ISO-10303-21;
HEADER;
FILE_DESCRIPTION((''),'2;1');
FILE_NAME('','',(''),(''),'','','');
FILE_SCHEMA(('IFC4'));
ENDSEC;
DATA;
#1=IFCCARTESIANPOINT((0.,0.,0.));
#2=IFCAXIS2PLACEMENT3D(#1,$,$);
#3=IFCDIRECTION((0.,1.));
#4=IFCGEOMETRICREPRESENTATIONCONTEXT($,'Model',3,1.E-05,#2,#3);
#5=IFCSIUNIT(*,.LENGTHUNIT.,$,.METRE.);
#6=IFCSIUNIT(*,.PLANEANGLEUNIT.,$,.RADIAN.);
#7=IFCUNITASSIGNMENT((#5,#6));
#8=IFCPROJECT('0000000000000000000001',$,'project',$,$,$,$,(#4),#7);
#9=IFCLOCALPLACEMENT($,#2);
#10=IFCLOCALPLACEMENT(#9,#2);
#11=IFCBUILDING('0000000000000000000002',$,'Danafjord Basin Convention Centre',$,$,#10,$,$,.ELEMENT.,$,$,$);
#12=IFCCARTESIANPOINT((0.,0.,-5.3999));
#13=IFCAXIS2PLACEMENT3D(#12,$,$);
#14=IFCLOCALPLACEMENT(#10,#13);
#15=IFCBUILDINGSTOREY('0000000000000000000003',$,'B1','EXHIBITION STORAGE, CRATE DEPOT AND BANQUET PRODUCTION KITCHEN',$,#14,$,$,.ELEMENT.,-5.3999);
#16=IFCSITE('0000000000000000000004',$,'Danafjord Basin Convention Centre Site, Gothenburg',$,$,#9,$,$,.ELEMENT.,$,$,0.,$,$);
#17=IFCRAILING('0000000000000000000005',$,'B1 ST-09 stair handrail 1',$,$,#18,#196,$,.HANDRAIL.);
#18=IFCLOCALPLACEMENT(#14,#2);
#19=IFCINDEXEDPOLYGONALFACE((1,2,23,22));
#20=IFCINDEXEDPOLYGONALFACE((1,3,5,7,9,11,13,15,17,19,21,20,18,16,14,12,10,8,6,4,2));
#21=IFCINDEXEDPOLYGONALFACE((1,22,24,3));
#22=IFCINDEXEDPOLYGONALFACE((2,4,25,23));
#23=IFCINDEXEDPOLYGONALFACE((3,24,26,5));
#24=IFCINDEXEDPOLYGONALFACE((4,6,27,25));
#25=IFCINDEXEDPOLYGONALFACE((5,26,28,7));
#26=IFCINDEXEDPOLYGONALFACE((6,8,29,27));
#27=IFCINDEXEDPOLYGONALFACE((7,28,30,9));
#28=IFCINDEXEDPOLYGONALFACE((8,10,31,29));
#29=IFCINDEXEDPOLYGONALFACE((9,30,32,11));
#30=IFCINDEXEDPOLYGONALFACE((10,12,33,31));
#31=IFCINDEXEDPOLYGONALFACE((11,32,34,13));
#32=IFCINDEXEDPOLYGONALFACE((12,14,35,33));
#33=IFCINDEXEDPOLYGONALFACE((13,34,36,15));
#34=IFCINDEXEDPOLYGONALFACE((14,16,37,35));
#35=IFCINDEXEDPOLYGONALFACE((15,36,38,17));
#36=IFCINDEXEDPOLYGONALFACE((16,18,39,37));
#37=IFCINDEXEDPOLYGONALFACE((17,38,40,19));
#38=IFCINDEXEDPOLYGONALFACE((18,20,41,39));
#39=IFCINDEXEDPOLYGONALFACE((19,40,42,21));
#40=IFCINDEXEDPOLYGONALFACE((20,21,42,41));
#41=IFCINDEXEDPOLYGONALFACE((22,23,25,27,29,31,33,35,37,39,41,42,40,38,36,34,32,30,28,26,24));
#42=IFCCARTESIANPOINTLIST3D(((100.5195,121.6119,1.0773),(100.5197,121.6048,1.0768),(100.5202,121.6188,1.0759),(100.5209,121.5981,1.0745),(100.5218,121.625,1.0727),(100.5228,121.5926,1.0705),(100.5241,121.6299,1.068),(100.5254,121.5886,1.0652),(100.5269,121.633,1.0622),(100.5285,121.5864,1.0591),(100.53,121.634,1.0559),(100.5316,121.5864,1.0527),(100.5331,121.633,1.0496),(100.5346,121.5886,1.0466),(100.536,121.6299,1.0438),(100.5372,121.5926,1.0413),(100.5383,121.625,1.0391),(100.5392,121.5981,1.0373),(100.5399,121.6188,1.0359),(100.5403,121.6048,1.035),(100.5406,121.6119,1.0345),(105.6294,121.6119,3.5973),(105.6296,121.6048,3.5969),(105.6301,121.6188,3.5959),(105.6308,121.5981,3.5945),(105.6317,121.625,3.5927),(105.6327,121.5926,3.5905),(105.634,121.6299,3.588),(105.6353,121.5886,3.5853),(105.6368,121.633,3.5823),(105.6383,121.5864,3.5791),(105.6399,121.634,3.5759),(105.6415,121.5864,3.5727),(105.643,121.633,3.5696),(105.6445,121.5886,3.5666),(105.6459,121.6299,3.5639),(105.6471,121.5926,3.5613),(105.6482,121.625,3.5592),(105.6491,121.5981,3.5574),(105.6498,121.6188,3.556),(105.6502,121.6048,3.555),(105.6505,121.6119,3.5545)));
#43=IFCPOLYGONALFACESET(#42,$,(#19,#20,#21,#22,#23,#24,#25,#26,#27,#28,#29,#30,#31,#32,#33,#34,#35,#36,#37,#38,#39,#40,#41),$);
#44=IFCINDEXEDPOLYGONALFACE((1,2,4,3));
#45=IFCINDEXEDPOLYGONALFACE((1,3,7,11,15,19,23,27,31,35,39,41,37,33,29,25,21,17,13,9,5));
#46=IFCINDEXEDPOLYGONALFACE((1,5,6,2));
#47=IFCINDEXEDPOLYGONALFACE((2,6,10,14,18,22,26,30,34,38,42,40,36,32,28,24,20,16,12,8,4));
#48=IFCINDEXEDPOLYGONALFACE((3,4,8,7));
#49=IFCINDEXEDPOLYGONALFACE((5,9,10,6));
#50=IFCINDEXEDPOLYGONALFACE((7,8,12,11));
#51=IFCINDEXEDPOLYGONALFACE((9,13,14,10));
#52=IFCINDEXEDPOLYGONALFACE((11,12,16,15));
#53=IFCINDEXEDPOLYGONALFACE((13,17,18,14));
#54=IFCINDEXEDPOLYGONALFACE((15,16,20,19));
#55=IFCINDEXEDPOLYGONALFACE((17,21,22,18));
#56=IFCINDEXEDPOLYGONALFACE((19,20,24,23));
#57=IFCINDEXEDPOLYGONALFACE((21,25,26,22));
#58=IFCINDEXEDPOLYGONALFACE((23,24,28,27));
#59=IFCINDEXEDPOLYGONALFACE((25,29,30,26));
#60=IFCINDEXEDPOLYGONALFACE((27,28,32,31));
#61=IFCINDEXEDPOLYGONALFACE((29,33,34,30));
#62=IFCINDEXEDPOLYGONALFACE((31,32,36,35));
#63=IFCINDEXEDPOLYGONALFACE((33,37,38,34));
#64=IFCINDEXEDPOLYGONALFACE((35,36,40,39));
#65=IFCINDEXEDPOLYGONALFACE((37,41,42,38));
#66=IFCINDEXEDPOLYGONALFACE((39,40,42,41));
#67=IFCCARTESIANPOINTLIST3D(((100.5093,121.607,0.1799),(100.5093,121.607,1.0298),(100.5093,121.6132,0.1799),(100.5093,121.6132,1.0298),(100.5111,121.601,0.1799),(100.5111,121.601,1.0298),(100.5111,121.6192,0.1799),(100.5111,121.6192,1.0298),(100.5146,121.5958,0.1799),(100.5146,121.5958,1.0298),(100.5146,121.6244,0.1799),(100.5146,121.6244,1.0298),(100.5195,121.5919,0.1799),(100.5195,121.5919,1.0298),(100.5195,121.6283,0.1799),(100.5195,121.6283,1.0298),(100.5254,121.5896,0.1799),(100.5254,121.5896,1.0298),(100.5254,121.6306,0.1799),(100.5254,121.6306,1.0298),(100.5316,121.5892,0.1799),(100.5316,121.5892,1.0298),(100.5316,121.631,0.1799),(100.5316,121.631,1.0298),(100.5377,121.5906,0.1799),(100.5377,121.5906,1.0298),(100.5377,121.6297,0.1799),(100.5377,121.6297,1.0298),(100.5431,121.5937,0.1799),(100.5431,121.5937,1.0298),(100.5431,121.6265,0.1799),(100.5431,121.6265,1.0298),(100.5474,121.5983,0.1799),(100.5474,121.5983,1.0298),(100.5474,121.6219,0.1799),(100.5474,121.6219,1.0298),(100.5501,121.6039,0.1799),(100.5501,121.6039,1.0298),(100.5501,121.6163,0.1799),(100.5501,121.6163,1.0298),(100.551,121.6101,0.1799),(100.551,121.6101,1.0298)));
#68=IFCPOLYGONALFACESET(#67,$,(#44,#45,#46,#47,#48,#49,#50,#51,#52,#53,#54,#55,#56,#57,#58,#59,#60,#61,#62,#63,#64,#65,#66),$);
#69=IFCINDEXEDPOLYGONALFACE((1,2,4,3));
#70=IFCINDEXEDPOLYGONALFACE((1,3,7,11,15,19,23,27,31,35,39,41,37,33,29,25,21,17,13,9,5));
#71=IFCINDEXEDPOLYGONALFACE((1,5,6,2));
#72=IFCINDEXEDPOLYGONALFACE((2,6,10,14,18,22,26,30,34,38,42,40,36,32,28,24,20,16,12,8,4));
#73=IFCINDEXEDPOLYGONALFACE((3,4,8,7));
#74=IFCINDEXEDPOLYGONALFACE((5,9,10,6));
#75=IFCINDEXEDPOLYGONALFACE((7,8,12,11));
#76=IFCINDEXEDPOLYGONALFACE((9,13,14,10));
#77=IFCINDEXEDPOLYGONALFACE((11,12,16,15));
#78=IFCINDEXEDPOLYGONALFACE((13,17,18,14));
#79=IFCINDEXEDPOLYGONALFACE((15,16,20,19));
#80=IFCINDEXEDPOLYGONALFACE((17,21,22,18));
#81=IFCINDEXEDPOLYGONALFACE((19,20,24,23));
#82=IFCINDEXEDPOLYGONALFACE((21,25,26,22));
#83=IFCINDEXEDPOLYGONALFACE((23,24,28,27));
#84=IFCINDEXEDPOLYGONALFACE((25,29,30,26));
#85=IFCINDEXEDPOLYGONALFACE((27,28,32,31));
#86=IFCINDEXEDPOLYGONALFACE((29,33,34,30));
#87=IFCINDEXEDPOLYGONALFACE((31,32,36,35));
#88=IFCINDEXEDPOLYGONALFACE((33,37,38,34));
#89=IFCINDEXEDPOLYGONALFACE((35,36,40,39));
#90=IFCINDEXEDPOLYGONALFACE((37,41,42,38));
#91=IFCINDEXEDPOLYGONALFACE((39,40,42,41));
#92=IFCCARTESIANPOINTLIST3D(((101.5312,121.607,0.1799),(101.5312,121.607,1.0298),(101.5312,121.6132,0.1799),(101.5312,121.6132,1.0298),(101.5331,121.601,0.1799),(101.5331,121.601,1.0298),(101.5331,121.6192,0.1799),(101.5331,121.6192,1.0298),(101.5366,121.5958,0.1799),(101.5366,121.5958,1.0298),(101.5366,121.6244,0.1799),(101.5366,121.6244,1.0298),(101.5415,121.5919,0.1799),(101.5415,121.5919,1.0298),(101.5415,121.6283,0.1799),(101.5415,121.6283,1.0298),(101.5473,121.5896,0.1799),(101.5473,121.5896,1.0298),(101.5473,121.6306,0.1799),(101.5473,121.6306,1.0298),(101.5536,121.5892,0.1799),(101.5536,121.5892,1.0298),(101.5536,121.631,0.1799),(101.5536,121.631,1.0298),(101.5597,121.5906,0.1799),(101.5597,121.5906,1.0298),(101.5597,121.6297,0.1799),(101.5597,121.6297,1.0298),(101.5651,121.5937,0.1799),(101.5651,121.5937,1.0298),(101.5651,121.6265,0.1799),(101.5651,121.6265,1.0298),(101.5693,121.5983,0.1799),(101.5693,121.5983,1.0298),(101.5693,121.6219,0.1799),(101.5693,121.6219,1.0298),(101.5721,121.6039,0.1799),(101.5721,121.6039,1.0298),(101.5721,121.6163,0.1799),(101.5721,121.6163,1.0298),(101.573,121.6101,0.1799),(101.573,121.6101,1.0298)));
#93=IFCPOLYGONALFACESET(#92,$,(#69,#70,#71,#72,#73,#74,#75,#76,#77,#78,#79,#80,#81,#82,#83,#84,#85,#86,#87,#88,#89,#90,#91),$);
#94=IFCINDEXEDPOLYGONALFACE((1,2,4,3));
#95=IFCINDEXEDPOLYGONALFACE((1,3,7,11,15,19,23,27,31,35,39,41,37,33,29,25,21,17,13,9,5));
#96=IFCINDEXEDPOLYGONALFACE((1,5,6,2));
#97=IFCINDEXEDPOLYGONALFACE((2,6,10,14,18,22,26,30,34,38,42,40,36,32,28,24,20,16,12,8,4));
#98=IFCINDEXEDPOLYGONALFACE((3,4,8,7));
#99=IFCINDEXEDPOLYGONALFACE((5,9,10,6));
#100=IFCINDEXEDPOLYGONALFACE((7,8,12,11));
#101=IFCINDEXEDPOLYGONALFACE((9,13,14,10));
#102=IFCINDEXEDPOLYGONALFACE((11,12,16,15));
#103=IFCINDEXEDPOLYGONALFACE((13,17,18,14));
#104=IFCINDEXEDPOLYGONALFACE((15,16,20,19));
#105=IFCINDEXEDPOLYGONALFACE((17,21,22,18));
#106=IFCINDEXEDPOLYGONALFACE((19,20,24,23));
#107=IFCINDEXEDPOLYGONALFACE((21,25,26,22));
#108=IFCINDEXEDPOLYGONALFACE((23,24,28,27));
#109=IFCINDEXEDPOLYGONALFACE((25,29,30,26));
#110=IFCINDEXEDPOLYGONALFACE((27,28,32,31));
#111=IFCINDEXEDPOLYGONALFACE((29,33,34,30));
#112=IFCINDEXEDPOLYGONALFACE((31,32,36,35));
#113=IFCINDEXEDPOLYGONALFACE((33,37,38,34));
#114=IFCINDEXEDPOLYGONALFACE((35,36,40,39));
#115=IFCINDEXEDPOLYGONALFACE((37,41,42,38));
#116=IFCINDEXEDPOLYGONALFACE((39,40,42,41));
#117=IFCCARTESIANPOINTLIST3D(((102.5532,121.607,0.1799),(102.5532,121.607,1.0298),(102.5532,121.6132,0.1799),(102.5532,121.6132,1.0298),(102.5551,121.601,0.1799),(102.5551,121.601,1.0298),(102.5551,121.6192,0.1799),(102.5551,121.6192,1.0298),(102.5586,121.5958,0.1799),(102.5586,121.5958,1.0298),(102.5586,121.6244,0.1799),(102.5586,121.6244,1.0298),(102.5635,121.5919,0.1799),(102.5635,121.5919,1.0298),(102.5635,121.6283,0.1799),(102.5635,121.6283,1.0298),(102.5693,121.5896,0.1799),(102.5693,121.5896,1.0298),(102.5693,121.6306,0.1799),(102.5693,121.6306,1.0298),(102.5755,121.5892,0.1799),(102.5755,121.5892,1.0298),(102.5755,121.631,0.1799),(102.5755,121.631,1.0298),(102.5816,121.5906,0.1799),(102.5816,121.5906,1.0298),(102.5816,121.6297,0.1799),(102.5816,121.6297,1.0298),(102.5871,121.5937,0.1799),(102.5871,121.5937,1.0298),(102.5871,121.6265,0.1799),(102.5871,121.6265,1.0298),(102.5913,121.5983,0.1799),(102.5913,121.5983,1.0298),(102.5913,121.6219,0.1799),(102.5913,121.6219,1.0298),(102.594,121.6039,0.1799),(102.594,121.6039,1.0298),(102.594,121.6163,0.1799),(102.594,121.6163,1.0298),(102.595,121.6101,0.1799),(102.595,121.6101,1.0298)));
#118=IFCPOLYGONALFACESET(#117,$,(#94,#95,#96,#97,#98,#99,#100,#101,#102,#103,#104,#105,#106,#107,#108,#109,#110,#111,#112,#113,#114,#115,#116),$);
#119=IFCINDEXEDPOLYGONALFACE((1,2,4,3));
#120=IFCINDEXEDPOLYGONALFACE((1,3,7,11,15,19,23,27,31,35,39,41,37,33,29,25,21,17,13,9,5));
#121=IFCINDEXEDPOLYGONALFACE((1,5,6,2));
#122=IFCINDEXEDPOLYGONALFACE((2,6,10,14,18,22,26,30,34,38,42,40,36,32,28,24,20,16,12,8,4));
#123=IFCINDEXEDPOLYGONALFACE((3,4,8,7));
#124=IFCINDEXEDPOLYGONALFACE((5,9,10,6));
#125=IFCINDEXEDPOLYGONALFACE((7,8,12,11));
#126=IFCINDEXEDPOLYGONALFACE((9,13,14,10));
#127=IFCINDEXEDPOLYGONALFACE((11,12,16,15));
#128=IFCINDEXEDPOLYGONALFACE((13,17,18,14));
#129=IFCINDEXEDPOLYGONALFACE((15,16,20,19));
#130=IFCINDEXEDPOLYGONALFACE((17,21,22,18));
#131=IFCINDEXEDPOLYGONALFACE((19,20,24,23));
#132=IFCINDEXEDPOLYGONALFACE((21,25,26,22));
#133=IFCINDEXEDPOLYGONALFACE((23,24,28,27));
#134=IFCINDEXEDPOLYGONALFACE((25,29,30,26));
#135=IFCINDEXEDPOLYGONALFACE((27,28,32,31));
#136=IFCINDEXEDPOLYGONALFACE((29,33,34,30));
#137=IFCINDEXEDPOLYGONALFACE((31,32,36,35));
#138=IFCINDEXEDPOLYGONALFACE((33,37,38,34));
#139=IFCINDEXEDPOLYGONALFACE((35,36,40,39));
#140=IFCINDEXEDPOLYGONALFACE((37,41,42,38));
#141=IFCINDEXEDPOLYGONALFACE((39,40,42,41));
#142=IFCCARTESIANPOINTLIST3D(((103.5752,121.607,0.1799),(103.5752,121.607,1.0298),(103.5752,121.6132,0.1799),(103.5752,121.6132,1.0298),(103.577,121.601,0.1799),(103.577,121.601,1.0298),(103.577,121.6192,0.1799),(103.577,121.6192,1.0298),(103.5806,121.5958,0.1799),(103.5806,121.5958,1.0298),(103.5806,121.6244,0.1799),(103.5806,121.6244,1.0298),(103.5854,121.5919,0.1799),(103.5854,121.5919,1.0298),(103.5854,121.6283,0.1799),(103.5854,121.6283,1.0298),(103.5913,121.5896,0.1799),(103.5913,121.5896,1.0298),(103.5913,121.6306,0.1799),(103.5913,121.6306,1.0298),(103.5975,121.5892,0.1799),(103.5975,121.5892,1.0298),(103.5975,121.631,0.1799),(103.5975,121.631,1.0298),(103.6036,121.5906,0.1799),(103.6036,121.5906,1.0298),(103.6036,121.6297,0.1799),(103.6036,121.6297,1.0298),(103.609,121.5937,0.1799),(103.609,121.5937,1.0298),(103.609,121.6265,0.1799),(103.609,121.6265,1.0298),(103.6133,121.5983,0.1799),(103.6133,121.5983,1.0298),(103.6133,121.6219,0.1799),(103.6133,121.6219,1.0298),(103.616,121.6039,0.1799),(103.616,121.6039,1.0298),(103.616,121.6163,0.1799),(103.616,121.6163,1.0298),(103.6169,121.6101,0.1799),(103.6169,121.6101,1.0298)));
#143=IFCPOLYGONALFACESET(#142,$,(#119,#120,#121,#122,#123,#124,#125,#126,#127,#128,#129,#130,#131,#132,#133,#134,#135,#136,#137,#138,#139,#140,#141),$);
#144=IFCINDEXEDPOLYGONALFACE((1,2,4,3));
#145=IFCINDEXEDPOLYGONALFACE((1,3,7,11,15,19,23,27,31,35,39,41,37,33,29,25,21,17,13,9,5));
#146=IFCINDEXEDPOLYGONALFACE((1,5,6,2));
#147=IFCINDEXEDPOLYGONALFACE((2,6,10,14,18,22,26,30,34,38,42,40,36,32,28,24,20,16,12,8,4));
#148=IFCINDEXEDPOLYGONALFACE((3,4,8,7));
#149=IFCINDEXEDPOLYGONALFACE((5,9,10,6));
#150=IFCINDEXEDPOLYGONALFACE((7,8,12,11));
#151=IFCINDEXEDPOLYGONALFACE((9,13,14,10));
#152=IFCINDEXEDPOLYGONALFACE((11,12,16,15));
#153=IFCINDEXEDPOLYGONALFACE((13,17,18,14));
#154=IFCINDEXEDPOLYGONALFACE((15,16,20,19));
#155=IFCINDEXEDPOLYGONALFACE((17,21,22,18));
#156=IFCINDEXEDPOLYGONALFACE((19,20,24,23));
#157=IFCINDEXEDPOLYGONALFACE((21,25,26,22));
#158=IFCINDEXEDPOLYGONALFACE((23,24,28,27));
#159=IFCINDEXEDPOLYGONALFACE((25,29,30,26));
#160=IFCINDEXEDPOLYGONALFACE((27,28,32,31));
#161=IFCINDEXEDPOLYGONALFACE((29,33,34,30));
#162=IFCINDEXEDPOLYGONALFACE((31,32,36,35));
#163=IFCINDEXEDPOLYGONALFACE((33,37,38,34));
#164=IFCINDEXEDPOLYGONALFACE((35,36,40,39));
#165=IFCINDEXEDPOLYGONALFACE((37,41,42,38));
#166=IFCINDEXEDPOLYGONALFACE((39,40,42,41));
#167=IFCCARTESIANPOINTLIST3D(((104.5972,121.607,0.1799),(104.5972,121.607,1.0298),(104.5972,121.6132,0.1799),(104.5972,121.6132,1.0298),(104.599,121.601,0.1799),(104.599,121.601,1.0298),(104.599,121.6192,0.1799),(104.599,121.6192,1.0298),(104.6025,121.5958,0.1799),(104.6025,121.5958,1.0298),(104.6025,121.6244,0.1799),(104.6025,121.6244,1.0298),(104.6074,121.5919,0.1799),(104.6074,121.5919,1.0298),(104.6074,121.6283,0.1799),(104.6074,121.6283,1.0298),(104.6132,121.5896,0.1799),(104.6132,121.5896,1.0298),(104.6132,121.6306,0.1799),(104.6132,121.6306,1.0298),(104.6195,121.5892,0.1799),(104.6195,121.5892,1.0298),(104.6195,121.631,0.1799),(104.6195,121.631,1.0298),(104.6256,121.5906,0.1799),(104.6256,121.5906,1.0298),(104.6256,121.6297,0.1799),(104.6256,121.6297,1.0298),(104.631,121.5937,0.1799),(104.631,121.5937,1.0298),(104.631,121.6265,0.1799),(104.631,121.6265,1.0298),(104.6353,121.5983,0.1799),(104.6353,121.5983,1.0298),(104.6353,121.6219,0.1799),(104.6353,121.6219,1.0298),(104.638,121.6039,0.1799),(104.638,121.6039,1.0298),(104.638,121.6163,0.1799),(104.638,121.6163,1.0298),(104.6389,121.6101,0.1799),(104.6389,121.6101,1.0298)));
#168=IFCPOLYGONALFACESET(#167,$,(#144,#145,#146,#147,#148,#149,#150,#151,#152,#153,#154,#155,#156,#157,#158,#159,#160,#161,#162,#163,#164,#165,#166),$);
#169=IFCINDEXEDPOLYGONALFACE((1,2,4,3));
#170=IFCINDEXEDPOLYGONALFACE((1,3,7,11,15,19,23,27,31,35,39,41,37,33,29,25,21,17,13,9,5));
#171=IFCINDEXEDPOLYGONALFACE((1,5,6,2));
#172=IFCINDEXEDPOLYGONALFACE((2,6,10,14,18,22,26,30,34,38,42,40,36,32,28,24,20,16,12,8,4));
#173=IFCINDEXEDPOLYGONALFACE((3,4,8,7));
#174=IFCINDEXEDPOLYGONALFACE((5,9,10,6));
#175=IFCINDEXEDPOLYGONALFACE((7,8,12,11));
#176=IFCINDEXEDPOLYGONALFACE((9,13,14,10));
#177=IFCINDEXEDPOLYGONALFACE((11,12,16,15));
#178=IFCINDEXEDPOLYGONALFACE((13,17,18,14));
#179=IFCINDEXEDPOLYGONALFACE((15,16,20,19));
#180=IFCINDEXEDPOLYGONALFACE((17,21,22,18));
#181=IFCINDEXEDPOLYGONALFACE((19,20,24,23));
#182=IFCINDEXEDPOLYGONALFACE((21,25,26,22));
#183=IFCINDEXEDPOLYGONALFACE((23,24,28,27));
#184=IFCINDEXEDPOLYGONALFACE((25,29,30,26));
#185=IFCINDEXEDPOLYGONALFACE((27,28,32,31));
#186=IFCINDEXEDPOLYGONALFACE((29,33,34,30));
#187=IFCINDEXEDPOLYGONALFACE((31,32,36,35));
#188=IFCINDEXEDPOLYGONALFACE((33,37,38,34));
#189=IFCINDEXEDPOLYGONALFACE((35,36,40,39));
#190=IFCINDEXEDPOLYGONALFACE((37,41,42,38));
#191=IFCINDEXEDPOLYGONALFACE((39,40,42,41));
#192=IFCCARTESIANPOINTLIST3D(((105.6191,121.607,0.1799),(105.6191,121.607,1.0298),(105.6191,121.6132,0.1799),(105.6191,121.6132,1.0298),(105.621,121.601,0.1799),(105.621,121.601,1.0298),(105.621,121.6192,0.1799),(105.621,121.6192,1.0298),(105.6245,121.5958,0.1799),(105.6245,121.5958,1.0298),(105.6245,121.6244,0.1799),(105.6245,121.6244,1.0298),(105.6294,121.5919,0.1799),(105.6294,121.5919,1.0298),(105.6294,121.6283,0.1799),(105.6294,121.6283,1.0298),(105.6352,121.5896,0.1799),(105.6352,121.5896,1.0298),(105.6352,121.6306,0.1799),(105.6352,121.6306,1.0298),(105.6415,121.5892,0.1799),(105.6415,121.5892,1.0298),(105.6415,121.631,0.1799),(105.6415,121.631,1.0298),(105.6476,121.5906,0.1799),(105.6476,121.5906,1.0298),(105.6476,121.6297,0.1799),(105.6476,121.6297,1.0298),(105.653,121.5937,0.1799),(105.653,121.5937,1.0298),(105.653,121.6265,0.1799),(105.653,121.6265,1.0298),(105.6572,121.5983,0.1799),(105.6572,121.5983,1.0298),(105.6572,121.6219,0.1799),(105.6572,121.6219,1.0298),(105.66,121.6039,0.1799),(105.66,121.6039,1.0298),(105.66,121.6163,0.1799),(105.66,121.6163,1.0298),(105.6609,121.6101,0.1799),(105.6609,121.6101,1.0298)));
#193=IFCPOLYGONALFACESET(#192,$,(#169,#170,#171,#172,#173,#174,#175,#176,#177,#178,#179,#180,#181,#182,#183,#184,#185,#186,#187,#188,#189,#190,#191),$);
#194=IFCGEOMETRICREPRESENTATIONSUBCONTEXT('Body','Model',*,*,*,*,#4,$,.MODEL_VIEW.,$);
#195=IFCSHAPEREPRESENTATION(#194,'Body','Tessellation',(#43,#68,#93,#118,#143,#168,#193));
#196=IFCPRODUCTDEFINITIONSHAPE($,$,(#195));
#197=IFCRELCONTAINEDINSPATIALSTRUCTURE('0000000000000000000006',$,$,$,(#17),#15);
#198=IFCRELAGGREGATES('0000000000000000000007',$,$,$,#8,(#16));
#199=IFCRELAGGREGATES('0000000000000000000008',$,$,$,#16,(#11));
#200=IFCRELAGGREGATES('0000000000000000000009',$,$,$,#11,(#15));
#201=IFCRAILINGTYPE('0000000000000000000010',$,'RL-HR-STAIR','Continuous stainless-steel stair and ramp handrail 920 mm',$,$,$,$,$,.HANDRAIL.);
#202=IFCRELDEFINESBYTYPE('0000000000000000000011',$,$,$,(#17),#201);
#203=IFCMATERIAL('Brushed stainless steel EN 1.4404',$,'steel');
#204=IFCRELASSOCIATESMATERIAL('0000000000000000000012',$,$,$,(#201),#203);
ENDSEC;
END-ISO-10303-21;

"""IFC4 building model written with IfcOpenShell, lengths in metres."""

from ifc_helpers import new_model, si_unit, direction, frame, origin, origin_2d, place, context, subcontext, project, spatial, circle, extrude, material, type_object, element, save


model = new_model("IFC4")

# Units and contexts
model_context = context("Model", 3, precision=1e-05, world=origin(), true_north=direction((0.0, 1.0)))
body_context = subcontext(model_context, "Body", "Model", "MODEL_VIEW")
ifc_project = project(units=[si_unit("LENGTHUNIT", "METRE"), si_unit("PLANEANGLEUNIT", "RADIAN")], contexts=[model_context])

# Site, building, storey
site_placement = place(None, origin())
site = spatial("IfcSite", under=ifc_project, at=site_placement, Name="Danafjord Basin Convention Centre Site, Gothenburg", CompositionType="ELEMENT", RefElevation=0.0)
building_placement = place(site_placement, origin())
building = spatial("IfcBuilding", under=site, at=building_placement, Name="Danafjord Basin Convention Centre", CompositionType="ELEMENT")
storey_placement = place(building_placement, frame((0.0, 0.0, -5.3999)))
storey = spatial("IfcBuildingStorey", under=building, at=storey_placement, Name="B1", Description="EXHIBITION STORAGE, CRATE DEPOT AND BANQUET PRODUCTION KITCHEN", CompositionType="ELEMENT", Elevation=-5.3999)

# Railing
ifc_material_1 = material(Name="Brushed stainless steel EN 1.4404", Category="steel")
railing_type_1 = type_object("IfcRailingType", Name="RL-HR-STAIR", Description="Continuous stainless-steel stair and ramp handrail 920 mm", PredefinedType="HANDRAIL", material=ifc_material_1)
railing_1_placement = place(storey_placement, frame((100.53, 121.6101, 0.1799)))
element("IfcRailing", 1, at=railing_1_placement, inside=storey, type_object=railing_type_1, Name="B1 ST-09 stair handrail 1", PredefinedType="HANDRAIL", context=body_context, shape_type="SweptSolid", body=[
    extrude(circle(Radius=0.0239, at=origin_2d()), frame((0.0, 0.0, 0.876), z_axis=(0.896865, 0.0, 0.442305), x_axis=(0.0, 1.0, 0.0)), (0.0, 0.0, 1.0), 5.6975),
    extrude(circle(Radius=0.021, at=origin_2d()), origin(), (0.0, 0.0, 1.0), 0.8499),
    extrude(circle(Radius=0.021, at=origin_2d()), frame((1.022, 0.0, 0.0)), (0.0, 0.0, 1.0), 0.8499),
    extrude(circle(Radius=0.021, at=origin_2d()), frame((2.0439, 0.0, 0.0)), (0.0, 0.0, 1.0), 0.8499),
    extrude(circle(Radius=0.021, at=origin_2d()), frame((3.0659, 0.0, 0.0)), (0.0, 0.0, 1.0), 0.8499),
    extrude(circle(Radius=0.021, at=origin_2d()), frame((4.0879, 0.0, 0.0)), (0.0, 0.0, 1.0), 0.8499),
    extrude(circle(Radius=0.021, at=origin_2d()), frame((5.1099, 0.0, 0.0)), (0.0, 0.0, 1.0), 0.8499),
])

save(model, "model.ifc")
